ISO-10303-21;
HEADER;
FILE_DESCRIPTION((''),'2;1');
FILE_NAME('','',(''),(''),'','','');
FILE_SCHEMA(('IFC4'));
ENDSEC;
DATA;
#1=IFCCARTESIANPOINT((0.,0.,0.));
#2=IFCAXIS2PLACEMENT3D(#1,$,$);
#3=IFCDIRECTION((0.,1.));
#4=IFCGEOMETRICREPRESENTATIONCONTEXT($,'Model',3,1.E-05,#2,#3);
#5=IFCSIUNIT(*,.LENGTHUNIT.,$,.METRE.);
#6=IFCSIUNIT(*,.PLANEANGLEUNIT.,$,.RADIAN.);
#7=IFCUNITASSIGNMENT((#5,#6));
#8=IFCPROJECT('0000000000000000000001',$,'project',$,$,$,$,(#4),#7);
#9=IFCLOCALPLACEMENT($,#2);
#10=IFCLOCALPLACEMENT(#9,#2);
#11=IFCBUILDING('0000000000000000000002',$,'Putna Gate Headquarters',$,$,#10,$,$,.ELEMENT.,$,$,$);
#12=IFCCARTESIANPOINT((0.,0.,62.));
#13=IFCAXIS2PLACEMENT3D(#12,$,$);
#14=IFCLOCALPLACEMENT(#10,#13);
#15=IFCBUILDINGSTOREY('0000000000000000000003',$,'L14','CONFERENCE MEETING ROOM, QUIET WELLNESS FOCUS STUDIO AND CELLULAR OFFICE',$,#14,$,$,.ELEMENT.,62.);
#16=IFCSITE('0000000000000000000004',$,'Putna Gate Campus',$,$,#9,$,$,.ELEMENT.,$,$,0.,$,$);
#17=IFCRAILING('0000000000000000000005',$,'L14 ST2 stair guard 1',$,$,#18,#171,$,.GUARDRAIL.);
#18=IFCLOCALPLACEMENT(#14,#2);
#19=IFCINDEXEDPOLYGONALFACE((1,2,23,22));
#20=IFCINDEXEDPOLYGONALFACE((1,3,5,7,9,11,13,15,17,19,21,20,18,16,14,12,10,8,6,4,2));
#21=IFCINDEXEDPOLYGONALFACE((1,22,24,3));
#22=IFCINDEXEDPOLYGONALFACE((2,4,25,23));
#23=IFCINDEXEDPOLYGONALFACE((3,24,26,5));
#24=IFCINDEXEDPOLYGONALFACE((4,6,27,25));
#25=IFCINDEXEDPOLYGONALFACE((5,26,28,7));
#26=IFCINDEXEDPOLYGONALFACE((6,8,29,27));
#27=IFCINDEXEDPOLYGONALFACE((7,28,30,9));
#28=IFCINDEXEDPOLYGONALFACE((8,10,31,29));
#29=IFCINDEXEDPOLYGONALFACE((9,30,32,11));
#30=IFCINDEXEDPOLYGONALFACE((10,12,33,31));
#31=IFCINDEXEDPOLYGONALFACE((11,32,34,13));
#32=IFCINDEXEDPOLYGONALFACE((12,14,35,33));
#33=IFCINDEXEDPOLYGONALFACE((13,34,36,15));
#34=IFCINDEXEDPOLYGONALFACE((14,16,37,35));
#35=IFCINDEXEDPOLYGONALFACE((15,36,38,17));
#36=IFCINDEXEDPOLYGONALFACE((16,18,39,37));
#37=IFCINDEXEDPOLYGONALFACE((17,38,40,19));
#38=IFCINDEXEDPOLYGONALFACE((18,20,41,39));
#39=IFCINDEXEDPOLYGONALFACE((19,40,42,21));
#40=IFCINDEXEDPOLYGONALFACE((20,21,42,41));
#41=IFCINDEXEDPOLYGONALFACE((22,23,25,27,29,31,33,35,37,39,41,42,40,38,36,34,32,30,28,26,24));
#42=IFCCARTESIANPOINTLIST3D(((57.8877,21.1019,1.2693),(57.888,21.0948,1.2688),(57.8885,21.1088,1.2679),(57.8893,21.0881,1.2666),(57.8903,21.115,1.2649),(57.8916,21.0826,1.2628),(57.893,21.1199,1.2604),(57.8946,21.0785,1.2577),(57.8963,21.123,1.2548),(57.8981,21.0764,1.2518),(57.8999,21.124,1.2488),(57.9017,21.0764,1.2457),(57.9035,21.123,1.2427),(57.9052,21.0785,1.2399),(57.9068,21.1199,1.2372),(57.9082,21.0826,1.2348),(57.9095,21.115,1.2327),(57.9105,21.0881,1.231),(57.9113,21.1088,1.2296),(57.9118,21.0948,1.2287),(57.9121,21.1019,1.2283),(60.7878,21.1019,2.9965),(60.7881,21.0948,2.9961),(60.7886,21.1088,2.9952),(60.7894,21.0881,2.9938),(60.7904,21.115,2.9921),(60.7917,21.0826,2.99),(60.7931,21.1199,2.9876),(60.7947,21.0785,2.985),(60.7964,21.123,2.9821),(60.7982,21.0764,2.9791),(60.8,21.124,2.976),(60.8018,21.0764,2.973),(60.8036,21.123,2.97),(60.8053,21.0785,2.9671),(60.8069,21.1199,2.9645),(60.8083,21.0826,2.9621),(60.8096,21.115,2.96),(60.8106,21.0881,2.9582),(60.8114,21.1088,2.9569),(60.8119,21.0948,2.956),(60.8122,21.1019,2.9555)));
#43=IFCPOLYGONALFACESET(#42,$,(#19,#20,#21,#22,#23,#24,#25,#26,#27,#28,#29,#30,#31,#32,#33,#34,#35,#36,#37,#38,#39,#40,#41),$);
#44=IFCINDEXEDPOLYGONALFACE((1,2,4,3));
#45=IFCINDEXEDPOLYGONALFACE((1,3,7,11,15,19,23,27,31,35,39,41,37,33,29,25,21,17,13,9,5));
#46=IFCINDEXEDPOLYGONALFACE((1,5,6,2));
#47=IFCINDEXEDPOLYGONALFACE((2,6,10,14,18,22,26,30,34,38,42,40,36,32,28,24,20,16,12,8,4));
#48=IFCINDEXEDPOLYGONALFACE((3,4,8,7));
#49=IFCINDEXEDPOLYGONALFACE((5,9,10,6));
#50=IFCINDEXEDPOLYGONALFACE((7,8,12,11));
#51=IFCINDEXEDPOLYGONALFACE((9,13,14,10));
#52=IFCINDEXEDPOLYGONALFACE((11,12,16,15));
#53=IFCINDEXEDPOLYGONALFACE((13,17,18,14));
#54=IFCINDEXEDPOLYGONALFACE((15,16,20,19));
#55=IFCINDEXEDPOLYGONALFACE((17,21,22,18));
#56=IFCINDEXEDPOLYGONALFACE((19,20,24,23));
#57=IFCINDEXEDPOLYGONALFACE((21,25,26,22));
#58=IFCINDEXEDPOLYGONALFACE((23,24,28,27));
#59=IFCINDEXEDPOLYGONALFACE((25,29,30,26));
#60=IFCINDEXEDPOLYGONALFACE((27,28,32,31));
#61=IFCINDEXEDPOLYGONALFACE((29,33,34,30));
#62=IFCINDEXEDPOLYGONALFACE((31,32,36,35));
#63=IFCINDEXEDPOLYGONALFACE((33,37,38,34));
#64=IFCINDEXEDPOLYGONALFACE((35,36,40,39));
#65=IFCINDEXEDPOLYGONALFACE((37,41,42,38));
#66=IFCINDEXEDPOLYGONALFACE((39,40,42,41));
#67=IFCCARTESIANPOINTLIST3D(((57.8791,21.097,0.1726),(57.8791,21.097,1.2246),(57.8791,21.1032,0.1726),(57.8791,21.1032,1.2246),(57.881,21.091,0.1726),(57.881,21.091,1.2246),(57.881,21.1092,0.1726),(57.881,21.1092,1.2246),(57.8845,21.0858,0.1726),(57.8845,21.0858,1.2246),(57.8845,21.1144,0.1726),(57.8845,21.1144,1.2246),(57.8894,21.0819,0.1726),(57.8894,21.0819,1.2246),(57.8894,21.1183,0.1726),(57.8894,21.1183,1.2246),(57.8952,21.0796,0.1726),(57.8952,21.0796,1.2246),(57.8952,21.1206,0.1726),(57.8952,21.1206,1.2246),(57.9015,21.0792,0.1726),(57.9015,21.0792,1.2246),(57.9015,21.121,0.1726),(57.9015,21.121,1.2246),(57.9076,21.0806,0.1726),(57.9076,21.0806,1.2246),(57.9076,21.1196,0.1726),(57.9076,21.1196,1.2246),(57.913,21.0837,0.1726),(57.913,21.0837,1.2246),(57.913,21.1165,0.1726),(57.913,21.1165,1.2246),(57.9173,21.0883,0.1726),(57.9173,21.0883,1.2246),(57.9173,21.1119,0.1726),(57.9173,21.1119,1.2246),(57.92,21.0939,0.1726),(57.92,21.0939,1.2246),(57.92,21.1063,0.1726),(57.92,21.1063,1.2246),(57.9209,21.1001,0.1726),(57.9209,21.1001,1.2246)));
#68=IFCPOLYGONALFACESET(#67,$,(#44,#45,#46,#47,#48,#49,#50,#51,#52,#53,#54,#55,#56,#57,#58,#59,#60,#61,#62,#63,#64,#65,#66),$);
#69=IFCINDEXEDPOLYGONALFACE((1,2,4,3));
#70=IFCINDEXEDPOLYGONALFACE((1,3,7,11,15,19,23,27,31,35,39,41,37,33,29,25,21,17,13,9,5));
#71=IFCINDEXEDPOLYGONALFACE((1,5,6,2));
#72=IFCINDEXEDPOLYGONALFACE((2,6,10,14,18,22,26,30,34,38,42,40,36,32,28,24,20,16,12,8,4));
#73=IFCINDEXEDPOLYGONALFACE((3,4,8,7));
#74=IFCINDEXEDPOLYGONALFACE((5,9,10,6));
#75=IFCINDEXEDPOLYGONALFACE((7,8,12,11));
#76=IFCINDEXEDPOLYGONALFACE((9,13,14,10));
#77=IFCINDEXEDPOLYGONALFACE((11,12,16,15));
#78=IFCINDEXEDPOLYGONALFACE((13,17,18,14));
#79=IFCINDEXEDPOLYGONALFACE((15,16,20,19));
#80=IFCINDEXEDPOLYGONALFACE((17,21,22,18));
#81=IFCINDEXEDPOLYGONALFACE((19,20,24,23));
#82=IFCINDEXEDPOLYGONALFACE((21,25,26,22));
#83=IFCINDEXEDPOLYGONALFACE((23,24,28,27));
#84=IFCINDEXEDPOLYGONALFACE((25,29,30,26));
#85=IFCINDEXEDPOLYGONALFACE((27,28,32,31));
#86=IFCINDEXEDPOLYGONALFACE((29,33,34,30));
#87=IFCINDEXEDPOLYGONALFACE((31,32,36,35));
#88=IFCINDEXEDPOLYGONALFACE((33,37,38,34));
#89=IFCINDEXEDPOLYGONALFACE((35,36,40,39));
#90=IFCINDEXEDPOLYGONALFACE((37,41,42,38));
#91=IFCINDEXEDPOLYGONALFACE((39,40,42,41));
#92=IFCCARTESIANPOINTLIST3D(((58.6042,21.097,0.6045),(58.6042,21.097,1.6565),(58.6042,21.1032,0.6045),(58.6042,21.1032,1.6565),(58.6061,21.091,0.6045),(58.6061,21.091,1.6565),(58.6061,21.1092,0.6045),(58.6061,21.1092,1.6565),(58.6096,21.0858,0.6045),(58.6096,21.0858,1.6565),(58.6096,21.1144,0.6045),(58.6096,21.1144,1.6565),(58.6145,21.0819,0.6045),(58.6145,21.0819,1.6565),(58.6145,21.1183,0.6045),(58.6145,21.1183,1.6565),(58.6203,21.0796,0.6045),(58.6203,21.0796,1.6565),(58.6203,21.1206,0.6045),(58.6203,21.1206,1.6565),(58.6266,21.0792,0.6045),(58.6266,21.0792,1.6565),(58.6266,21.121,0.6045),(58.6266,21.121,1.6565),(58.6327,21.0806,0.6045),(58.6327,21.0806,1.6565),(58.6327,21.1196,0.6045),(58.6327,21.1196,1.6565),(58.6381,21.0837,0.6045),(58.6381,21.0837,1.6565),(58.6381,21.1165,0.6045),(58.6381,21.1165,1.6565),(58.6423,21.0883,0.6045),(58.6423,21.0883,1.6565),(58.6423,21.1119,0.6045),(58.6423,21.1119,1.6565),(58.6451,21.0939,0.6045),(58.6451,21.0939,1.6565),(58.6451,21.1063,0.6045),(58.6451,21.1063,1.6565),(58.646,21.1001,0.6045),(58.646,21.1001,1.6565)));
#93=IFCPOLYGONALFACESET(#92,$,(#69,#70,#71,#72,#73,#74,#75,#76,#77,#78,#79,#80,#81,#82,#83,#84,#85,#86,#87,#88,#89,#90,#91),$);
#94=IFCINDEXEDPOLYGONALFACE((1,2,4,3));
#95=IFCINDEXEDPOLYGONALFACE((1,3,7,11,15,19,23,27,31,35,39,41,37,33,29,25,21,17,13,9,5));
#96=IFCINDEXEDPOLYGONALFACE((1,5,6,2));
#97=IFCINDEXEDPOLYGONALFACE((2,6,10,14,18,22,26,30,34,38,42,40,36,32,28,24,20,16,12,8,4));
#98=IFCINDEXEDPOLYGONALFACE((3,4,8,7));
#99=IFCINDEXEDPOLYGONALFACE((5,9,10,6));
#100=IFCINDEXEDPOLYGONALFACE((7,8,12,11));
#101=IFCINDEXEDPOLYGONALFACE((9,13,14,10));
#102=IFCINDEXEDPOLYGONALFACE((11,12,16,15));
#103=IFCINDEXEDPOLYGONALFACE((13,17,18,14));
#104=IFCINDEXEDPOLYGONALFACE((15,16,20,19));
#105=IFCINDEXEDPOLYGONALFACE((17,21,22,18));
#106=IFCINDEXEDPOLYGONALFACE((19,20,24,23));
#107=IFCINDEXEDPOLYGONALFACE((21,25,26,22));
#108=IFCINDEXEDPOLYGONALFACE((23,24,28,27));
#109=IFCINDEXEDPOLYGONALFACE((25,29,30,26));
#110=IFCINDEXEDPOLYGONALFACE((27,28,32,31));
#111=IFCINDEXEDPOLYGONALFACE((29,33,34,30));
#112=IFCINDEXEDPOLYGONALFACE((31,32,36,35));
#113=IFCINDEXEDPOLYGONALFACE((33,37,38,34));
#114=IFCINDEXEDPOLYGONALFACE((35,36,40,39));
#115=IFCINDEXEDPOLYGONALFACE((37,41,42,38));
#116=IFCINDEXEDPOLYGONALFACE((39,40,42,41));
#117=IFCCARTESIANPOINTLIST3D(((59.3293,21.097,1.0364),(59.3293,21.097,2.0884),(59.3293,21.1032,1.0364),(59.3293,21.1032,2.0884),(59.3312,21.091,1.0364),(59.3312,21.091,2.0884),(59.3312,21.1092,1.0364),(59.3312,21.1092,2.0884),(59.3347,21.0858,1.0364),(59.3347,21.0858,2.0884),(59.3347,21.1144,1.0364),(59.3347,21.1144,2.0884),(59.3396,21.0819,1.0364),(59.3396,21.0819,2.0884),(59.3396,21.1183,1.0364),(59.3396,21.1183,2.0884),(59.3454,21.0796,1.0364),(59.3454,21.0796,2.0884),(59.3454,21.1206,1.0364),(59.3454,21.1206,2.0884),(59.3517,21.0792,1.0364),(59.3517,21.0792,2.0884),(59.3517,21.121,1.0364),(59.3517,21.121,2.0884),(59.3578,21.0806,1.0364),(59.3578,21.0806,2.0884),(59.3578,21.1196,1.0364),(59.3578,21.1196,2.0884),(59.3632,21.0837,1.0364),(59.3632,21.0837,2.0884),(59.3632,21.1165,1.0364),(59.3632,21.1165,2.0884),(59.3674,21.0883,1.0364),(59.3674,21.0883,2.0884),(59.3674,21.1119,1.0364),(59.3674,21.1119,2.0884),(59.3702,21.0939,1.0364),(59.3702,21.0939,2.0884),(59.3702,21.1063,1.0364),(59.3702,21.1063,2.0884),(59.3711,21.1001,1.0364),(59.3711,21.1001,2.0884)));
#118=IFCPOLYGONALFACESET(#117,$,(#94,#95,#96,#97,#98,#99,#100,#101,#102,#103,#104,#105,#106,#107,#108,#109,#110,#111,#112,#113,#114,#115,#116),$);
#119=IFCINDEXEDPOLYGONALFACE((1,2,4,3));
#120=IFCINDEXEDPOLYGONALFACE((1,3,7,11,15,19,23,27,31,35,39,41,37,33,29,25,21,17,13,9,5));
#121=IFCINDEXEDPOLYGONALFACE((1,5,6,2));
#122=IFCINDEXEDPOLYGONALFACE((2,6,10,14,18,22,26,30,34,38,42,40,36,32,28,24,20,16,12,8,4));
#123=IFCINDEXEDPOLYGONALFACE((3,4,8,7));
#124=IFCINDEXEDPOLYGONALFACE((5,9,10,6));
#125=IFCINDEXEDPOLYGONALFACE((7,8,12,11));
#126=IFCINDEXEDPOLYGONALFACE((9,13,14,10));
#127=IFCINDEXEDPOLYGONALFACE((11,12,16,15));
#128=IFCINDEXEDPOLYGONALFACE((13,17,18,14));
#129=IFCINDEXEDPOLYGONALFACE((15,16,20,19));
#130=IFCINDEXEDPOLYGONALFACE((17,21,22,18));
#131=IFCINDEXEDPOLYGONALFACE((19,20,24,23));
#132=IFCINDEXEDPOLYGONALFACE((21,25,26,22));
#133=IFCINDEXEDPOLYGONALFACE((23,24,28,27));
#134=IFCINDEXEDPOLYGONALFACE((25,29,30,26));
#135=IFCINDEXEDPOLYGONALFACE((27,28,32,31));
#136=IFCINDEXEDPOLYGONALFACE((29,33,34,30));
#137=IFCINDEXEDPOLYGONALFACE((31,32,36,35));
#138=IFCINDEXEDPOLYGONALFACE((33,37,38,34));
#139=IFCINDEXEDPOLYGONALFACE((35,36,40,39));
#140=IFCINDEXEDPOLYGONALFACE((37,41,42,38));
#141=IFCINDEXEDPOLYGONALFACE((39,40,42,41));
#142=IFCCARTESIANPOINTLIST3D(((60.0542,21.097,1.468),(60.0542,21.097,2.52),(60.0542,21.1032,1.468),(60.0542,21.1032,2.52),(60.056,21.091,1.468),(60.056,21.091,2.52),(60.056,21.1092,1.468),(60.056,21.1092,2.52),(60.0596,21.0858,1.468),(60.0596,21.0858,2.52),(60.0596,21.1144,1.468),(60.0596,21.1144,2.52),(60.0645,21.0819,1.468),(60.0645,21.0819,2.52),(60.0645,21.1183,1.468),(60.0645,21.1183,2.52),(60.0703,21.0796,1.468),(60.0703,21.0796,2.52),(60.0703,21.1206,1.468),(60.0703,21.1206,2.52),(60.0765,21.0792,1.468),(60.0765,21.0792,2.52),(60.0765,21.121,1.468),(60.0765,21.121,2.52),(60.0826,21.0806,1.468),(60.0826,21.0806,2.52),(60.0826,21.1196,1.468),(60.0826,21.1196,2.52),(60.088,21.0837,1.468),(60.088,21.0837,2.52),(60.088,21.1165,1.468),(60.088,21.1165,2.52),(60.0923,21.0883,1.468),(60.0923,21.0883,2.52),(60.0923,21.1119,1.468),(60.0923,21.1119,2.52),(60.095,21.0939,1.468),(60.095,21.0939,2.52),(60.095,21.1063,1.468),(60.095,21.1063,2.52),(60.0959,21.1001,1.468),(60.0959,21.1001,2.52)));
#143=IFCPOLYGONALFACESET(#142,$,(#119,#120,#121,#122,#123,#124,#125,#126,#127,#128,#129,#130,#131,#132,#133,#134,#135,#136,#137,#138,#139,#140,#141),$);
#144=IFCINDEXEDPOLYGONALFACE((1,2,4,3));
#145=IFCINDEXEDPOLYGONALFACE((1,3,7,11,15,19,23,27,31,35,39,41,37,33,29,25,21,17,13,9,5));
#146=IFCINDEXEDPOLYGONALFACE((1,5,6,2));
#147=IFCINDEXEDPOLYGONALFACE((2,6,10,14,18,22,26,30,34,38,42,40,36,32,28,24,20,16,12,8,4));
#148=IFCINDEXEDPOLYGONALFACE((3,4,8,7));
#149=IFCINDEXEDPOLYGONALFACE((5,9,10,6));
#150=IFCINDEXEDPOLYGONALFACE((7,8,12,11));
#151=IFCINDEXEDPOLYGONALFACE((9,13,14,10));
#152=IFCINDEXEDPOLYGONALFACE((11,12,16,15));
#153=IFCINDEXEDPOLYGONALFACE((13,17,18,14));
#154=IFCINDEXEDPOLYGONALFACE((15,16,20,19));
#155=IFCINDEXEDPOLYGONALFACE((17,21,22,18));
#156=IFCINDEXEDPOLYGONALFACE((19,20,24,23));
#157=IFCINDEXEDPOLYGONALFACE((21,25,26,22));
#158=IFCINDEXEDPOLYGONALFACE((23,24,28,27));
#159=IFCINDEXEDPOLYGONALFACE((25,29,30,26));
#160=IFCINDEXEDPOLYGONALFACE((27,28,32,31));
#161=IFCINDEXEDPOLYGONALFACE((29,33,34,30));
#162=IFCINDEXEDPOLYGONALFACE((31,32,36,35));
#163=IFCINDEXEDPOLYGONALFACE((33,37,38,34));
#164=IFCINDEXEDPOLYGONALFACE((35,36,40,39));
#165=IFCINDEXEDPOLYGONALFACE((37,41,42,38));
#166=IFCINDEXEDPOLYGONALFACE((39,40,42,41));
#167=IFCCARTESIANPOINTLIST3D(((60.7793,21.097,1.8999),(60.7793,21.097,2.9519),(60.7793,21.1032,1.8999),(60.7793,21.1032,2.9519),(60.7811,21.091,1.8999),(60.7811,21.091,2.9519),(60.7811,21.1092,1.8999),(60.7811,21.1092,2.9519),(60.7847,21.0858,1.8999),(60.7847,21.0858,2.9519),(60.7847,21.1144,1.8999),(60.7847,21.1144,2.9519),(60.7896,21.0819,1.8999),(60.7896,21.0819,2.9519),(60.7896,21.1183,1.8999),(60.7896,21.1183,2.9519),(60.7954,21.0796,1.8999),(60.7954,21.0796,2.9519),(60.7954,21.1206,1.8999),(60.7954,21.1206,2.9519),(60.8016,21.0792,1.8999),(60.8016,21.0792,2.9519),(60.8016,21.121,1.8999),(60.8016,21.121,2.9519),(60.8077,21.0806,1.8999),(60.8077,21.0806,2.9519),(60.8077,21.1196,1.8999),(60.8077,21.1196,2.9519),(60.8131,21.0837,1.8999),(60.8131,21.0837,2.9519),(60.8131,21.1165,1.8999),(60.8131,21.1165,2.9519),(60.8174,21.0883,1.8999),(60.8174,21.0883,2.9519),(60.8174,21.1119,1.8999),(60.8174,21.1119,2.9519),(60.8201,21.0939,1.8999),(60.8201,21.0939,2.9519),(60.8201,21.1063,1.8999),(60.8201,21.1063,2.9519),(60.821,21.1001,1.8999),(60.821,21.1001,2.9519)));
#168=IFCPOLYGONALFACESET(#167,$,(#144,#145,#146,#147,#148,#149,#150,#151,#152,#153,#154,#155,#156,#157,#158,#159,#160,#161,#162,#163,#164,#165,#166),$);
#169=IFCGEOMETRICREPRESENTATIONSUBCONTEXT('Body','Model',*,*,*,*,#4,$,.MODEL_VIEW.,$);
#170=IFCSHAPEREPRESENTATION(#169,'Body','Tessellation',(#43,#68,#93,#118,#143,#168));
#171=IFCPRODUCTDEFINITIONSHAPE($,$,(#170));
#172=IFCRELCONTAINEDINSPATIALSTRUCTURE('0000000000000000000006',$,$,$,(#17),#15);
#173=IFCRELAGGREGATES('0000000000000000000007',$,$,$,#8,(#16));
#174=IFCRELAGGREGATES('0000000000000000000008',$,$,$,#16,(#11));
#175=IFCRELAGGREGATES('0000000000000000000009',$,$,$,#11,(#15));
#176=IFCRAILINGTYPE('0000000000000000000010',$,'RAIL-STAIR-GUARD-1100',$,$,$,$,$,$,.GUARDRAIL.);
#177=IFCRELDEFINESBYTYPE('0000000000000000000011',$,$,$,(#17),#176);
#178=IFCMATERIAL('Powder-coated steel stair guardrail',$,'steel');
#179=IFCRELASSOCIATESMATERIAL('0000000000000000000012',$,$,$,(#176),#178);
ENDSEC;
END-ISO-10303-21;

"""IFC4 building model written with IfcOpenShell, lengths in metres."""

from ifc_helpers import new_model, si_unit, direction, frame, origin, origin_2d, place, context, subcontext, project, spatial, circle, extrude, material, type_object, element, save


model = new_model("IFC4")

# Units and contexts
model_context = context("Model", 3, precision=1e-05, world=origin(), true_north=direction((0.0, 1.0)))
body_context = subcontext(model_context, "Body", "Model", "MODEL_VIEW")
ifc_project = project(units=[si_unit("LENGTHUNIT", "METRE"), si_unit("PLANEANGLEUNIT", "RADIAN")], contexts=[model_context])

# Site, building, storey
site_placement = place(None, origin())
site = spatial("IfcSite", under=ifc_project, at=site_placement, Name="Putna Gate Campus", CompositionType="ELEMENT", RefElevation=0.0)
building_placement = place(site_placement, origin())
building = spatial("IfcBuilding", under=site, at=building_placement, Name="Putna Gate Headquarters", CompositionType="ELEMENT")
storey_placement = place(building_placement, frame((0.0, 0.0, 62.0)))
storey = spatial("IfcBuildingStorey", under=building, at=storey_placement, Name="L14", Description="CONFERENCE MEETING ROOM, QUIET WELLNESS FOCUS STUDIO AND CELLULAR OFFICE", CompositionType="ELEMENT", Elevation=62.0)

# Railing
ifc_material_1 = material(Name="Powder-coated steel stair guardrail", Category="steel")
railing_type_1 = type_object("IfcRailingType", Name="RAIL-STAIR-GUARD-1100", PredefinedType="GUARDRAIL", material=ifc_material_1)
railing_1_placement = place(storey_placement, frame((57.8999, 21.1001, 0.1726)))
element("IfcRailing", 1, at=railing_1_placement, inside=storey, type_object=railing_type_1, Name="L14 ST2 stair guard 1", PredefinedType="GUARDRAIL", context=body_context, shape_type="SweptSolid", body=[
    extrude(circle(Radius=0.0239, at=origin_2d()), frame((0.0, 0.0, 1.0762), z_axis=(0.85916, 0.0, 0.511706), x_axis=(0.0, 1.0, 0.0)), (0.0, 0.0, 1.0), 3.3755),
    extrude(circle(Radius=0.021, at=origin_2d()), origin(), (0.0, 0.0, 1.0), 1.052),
    extrude(circle(Radius=0.021, at=origin_2d()), frame((0.7251, 0.0, 0.4319)), (0.0, 0.0, 1.0), 1.052),
    extrude(circle(Radius=0.021, at=origin_2d()), frame((1.4502, 0.0, 0.8638)), (0.0, 0.0, 1.0), 1.052),
    extrude(circle(Radius=0.021, at=origin_2d()), frame((2.175, 0.0, 1.2954)), (0.0, 0.0, 1.0), 1.052),
    extrude(circle(Radius=0.021, at=origin_2d()), frame((2.9001, 0.0, 1.7273)), (0.0, 0.0, 1.0), 1.052),
])

save(model, "model.ifc")
